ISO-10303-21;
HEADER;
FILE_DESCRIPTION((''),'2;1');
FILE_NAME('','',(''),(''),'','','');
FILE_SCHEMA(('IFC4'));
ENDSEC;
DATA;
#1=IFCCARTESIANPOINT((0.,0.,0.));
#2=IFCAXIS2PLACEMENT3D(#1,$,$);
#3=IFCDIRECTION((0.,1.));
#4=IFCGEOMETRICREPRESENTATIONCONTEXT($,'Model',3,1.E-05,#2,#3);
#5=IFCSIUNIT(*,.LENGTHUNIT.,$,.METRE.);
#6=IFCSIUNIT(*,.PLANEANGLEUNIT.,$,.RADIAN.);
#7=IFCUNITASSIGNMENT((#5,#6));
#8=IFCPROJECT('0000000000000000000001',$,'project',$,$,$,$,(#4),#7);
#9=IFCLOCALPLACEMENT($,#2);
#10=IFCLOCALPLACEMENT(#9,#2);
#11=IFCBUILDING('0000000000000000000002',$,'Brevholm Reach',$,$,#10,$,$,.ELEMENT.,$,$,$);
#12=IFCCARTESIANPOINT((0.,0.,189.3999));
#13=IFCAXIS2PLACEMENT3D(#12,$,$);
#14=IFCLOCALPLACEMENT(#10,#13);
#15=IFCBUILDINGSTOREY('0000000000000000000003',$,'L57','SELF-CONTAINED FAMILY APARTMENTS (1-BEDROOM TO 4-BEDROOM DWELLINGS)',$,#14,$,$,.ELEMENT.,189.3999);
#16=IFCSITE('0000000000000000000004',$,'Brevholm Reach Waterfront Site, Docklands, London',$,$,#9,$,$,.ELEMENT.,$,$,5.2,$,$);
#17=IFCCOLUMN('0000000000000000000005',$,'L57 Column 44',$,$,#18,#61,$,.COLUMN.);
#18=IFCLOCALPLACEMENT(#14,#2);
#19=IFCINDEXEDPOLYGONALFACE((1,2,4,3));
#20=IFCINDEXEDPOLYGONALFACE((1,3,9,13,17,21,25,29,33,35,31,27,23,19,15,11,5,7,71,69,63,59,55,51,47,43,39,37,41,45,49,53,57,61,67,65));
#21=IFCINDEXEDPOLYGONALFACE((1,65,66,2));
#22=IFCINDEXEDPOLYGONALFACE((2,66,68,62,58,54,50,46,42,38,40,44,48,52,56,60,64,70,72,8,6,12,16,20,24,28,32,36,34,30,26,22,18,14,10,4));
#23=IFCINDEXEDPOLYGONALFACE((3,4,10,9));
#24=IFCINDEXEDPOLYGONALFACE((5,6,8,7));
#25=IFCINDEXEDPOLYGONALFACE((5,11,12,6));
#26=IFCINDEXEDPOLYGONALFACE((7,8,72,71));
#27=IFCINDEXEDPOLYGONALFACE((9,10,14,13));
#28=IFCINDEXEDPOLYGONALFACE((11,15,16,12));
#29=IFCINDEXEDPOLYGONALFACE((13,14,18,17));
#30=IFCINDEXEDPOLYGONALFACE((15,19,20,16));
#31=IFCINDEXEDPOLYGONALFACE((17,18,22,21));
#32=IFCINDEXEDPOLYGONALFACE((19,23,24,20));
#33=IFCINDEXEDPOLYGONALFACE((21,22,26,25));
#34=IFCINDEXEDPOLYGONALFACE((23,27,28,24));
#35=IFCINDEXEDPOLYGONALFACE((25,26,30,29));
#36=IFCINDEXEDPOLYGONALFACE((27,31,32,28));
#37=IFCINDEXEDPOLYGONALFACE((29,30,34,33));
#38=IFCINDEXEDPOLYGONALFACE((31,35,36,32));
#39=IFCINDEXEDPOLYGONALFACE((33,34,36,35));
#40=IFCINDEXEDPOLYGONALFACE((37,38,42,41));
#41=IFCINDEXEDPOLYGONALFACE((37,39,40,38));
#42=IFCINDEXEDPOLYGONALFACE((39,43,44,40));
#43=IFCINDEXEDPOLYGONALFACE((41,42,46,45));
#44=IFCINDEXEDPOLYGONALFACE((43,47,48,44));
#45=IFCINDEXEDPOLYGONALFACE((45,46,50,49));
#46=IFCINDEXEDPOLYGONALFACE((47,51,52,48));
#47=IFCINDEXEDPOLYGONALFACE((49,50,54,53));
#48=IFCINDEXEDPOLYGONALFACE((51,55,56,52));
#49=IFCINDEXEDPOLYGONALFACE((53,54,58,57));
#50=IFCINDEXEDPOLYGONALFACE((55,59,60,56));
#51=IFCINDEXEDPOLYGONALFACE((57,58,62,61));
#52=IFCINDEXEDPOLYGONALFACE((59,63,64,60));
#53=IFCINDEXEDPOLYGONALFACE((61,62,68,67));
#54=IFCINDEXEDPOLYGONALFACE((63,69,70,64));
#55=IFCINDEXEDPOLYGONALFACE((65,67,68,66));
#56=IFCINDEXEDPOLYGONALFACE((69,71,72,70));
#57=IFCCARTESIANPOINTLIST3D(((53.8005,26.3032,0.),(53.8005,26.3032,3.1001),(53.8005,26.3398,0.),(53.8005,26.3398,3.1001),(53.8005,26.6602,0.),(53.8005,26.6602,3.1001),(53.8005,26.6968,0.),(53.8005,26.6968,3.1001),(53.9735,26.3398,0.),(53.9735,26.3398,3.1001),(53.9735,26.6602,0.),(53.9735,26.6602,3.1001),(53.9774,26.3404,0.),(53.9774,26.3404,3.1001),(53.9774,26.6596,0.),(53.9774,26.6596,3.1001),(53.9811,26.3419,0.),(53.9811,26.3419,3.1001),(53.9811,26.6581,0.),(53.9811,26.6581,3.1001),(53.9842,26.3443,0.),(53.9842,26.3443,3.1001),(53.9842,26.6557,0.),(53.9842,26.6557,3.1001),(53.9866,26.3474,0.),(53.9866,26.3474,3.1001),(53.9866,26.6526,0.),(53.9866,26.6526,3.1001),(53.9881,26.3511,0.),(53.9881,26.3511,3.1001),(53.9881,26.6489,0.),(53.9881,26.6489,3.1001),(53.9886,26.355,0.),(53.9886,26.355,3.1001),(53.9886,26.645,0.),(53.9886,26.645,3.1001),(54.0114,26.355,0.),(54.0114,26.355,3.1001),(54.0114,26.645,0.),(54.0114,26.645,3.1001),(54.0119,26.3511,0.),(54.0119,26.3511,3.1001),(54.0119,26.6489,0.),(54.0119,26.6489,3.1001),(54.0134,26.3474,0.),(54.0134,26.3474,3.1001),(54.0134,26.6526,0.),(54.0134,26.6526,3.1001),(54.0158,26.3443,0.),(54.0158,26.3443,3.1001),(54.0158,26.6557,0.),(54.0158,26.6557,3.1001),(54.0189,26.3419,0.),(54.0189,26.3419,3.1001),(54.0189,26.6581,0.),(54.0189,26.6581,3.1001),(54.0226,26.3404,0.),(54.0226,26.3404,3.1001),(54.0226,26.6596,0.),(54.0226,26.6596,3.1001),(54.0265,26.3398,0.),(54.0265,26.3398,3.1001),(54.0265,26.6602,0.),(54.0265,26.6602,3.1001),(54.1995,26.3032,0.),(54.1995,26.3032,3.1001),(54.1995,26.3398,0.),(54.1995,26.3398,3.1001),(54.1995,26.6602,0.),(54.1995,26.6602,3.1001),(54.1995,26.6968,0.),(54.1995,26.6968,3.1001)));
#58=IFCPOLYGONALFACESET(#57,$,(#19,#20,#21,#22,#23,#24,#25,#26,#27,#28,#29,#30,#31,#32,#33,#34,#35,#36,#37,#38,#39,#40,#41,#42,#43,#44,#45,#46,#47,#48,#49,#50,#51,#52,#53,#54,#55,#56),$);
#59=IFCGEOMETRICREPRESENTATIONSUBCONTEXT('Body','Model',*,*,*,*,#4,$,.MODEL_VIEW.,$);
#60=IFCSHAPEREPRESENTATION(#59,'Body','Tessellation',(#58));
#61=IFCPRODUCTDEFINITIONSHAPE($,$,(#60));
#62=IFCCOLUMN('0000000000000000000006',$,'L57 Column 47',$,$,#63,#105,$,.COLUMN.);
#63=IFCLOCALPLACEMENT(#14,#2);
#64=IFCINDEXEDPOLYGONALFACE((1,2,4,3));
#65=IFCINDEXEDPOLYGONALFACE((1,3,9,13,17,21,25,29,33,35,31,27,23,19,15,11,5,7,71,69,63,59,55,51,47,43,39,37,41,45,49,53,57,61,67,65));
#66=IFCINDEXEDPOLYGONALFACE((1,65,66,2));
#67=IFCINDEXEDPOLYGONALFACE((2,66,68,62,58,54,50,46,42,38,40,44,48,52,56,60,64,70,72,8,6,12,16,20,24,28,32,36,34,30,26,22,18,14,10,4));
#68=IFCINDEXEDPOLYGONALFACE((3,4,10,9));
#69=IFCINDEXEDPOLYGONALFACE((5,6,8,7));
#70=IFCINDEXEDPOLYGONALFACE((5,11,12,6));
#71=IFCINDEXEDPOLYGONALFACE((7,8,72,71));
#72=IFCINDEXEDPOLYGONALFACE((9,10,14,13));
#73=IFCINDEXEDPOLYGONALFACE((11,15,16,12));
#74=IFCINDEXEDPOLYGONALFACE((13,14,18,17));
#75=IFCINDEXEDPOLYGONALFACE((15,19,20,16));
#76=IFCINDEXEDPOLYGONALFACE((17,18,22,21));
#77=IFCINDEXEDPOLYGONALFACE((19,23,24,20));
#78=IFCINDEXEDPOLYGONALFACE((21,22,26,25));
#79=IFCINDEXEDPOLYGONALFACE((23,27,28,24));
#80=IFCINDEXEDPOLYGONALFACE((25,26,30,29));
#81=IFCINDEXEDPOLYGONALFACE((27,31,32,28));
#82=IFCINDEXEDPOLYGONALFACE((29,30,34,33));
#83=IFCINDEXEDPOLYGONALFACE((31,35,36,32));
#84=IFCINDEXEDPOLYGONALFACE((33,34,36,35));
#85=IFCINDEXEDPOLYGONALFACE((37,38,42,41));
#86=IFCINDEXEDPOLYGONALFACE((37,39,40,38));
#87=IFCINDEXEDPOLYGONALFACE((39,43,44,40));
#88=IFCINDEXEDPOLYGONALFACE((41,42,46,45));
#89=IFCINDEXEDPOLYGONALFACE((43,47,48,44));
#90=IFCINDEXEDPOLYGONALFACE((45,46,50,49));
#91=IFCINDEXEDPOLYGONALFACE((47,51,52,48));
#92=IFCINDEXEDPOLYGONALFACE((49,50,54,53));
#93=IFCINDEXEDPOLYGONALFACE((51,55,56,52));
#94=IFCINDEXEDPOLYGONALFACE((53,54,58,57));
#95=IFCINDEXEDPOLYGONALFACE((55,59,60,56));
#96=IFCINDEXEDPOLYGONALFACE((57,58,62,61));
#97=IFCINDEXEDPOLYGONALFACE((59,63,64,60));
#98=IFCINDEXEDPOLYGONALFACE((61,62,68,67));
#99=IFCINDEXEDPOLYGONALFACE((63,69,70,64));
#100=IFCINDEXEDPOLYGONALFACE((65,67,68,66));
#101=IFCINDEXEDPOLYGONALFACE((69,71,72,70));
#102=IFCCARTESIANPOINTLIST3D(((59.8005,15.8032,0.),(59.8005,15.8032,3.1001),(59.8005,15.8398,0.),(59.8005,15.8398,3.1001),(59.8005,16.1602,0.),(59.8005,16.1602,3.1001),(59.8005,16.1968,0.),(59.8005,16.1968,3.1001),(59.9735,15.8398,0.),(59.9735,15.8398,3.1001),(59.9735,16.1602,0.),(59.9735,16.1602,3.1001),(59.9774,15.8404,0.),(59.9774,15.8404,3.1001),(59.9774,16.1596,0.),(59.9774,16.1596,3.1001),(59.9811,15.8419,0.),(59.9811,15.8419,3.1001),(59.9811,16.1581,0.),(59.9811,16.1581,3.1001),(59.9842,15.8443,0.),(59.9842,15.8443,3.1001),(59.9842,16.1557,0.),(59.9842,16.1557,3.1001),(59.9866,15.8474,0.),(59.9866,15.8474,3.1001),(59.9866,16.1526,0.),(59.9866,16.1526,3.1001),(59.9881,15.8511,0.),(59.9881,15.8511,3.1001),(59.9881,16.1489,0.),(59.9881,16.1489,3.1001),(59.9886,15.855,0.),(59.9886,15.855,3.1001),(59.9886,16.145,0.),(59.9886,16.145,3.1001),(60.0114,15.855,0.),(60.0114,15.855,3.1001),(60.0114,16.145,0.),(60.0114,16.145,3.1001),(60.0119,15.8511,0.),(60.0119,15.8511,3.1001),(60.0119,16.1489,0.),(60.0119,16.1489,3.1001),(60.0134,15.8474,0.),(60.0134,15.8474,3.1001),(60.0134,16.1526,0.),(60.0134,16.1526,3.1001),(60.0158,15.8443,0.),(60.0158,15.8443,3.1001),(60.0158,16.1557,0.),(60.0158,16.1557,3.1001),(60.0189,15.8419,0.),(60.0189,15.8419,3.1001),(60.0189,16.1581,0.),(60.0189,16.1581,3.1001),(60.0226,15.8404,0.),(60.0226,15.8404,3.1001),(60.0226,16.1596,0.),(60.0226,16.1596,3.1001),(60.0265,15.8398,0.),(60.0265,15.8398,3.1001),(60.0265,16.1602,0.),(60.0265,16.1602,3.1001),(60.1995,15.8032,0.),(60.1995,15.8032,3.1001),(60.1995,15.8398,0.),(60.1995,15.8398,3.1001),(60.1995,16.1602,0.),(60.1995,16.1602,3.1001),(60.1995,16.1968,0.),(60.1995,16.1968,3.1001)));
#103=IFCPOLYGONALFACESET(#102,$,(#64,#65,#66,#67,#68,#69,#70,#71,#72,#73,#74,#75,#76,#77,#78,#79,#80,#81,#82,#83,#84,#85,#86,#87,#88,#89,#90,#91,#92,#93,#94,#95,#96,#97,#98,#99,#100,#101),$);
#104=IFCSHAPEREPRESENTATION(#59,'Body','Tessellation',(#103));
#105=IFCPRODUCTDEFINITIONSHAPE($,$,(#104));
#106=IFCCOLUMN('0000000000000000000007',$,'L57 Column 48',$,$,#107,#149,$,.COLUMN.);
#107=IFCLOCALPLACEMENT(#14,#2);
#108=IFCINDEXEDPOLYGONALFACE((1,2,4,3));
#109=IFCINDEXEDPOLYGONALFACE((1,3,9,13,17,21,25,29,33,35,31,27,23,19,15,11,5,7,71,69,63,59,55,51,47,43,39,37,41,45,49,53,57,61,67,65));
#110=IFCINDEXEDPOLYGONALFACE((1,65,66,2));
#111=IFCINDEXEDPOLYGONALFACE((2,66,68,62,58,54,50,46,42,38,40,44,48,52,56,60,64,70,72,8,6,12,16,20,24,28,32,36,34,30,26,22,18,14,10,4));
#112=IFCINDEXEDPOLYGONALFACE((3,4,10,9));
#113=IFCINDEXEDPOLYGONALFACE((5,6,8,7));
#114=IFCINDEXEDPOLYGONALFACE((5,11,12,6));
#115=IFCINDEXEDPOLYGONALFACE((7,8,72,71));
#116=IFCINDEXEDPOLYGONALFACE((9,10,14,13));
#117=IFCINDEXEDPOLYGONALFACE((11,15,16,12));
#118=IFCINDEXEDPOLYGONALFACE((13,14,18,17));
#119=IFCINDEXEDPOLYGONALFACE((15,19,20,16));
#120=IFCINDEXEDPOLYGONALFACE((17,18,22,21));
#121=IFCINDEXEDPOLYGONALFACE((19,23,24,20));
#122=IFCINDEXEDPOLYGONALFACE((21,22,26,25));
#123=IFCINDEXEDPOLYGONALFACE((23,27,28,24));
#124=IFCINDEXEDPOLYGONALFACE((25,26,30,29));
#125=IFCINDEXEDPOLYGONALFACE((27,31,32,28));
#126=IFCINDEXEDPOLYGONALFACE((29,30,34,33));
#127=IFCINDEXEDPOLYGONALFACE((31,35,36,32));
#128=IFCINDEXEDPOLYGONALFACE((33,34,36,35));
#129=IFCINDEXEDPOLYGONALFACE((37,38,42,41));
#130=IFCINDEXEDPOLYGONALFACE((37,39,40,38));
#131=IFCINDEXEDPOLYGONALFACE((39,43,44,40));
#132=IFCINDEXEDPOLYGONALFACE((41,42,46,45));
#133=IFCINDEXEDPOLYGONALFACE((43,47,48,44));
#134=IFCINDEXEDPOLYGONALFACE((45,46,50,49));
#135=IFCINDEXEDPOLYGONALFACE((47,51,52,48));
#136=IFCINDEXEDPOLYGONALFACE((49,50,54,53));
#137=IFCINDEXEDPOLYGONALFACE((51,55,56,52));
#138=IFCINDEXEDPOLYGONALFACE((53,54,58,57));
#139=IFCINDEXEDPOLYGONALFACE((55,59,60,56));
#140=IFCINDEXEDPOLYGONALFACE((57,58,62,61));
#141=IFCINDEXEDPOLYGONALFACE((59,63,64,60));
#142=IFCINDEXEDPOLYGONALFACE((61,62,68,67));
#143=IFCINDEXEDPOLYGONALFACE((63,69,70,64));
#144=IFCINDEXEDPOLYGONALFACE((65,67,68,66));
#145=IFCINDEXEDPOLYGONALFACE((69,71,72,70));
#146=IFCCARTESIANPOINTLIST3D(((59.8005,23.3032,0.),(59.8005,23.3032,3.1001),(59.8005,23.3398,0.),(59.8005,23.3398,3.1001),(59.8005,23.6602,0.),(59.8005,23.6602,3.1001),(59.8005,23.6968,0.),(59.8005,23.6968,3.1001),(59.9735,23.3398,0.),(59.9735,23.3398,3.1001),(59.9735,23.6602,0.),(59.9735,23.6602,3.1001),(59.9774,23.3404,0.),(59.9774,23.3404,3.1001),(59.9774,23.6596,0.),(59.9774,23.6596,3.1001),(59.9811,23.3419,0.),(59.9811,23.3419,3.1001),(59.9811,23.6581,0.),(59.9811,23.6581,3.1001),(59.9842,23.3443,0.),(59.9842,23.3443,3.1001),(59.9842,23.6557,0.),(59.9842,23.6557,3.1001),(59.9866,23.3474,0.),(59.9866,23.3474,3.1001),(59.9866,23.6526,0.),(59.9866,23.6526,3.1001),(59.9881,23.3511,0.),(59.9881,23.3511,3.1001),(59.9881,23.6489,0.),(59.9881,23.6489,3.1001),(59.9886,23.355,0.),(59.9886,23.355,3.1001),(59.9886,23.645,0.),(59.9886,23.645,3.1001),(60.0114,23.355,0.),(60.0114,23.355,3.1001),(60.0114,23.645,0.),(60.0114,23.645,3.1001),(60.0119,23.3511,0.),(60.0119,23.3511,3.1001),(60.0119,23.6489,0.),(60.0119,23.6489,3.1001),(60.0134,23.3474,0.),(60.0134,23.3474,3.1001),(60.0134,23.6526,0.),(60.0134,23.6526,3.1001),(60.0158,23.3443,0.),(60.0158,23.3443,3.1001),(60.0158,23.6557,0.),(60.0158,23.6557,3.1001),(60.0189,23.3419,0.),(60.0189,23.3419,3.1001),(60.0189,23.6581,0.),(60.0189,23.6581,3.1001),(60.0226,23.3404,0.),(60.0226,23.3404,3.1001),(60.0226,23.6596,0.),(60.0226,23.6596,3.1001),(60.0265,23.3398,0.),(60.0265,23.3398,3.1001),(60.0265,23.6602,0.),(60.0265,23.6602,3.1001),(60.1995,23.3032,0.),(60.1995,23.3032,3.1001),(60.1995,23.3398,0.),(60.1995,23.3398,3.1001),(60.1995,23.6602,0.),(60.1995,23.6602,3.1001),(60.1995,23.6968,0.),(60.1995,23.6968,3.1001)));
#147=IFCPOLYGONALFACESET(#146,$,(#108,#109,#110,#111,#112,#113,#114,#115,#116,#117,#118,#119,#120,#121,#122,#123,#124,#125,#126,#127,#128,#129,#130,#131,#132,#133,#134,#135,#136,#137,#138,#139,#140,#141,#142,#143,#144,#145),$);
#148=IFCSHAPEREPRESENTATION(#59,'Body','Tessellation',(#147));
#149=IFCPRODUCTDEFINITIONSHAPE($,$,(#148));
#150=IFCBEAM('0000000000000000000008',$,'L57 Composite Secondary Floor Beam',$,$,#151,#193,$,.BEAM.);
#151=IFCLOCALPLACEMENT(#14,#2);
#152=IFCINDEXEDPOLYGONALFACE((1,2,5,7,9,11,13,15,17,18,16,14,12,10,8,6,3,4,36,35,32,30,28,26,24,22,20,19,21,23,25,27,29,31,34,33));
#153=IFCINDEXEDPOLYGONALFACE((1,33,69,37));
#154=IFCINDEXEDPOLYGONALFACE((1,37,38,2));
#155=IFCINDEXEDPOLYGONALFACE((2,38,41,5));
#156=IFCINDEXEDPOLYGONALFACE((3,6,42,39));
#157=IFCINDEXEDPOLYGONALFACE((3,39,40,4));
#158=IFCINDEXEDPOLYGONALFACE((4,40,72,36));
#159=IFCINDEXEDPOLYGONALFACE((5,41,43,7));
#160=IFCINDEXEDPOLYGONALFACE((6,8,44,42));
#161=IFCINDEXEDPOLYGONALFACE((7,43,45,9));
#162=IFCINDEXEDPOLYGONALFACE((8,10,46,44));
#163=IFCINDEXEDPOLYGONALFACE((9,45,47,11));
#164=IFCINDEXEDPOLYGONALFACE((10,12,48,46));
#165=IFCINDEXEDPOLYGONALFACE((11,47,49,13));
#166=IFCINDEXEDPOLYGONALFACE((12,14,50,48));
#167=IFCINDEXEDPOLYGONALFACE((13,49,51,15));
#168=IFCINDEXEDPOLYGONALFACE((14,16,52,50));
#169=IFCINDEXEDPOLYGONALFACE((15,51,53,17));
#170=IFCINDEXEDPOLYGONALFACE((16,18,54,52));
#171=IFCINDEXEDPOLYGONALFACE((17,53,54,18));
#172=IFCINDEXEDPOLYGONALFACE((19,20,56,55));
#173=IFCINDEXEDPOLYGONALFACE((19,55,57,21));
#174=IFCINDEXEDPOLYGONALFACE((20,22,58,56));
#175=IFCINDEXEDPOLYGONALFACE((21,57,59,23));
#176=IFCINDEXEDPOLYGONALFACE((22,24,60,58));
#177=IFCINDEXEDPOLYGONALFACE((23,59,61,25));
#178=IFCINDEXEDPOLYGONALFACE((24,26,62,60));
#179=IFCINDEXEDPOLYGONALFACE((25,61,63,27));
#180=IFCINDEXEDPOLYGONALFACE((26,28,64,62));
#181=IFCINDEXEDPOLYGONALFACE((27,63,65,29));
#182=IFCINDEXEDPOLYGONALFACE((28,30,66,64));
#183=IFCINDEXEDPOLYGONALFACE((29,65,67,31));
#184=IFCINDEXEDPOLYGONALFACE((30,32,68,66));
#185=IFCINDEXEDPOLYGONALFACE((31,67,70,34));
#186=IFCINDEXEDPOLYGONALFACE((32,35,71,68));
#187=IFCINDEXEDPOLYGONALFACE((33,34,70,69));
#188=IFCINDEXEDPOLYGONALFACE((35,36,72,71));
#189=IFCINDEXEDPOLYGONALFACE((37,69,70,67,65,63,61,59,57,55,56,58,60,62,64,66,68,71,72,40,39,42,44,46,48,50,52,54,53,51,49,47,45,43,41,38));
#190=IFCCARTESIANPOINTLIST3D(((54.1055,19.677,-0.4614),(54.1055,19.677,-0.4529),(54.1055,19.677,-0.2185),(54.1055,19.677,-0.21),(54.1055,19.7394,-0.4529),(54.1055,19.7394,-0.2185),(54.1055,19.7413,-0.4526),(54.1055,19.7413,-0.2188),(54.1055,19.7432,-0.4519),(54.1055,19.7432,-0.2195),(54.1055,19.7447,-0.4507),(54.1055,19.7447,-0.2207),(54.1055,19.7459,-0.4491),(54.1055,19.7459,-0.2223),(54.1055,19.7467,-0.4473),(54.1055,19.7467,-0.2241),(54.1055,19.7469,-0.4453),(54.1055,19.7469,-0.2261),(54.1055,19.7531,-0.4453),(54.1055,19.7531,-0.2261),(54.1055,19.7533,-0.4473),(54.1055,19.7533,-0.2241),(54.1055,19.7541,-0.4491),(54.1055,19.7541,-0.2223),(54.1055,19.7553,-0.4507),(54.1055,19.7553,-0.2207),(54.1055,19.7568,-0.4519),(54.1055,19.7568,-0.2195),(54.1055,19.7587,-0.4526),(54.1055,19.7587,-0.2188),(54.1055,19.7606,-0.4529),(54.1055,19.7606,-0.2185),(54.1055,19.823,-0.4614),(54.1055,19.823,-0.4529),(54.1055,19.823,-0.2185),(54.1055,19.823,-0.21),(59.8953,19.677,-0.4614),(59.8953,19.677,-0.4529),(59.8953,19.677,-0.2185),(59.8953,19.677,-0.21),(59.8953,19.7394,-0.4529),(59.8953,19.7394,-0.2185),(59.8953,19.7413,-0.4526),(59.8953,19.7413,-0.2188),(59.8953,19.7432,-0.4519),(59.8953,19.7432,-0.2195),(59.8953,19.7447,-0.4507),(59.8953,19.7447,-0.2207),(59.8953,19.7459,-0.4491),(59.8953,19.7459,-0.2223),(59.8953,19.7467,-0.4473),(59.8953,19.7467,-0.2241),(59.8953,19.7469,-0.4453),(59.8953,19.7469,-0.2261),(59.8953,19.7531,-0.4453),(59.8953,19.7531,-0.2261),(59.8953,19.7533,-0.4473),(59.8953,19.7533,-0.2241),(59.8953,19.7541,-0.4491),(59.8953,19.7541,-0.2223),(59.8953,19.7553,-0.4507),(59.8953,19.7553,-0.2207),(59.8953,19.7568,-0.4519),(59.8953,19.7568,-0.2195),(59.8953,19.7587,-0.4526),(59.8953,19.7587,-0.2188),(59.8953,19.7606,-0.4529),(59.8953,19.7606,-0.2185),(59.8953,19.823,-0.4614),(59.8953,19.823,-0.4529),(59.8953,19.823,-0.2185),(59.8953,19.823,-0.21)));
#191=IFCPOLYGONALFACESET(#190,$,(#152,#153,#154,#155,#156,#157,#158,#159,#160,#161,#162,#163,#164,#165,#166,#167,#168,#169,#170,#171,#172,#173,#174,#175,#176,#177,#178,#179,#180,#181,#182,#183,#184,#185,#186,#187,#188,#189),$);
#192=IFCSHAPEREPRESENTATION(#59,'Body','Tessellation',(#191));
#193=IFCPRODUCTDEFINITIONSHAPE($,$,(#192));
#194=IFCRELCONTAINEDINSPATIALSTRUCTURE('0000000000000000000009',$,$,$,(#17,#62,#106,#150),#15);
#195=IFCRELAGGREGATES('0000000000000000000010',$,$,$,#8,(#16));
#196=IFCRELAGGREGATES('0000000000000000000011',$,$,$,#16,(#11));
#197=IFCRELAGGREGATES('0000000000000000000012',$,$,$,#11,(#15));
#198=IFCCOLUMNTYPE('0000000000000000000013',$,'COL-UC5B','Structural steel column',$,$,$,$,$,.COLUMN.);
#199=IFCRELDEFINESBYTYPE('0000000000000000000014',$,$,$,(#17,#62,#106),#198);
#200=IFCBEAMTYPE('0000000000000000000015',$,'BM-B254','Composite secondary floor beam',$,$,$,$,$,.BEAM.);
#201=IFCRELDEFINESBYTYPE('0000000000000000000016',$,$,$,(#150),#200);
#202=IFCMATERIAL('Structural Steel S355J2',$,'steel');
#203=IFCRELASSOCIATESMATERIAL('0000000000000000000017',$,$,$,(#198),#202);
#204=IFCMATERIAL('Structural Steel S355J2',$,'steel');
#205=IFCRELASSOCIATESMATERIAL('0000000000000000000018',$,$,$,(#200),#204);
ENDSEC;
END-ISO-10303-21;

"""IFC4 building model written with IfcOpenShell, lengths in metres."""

from ifc_helpers import new_model, si_unit, direction, frame, origin, origin_2d, place, context, subcontext, project, spatial, i_section, extrude, material, material_profile, profile_set, type_object, element, save


model = new_model("IFC4")

# Units and contexts
model_context = context("Model", 3, precision=1e-05, world=origin(), true_north=direction((0.0, 1.0)))
body_context = subcontext(model_context, "Body", "Model", "MODEL_VIEW")
ifc_project = project(units=[si_unit("LENGTHUNIT", "METRE"), si_unit("PLANEANGLEUNIT", "RADIAN")], contexts=[model_context])

# Site, building, storey
site_placement = place(None, origin())
site = spatial("IfcSite", under=ifc_project, at=site_placement, Name="Brevholm Reach Waterfront Site, Docklands, London", CompositionType="ELEMENT", RefElevation=5.2)
building_placement = place(site_placement, origin())
building = spatial("IfcBuilding", under=site, at=building_placement, Name="Brevholm Reach", CompositionType="ELEMENT")
storey_placement = place(building_placement, frame((0.0, 0.0, 189.3999)))
storey = spatial("IfcBuildingStorey", under=building, at=storey_placement, Name="L57", Description="SELF-CONTAINED FAMILY APARTMENTS (1-BEDROOM TO 4-BEDROOM DWELLINGS)", CompositionType="ELEMENT", Elevation=189.3999)

# Columns
ifc_material_1 = material(Name="Structural Steel S355J2", Category="steel")
ifc_material_profile_1 = material_profile(ifc_material_1, i_section(OverallWidth=0.3989, OverallDepth=0.3936, WebThickness=0.0227, FlangeThickness=0.0366, FilletRadius=0.0151, at=origin_2d()), Name="UKC 356x406x287")
ifc_profile_set_1 = profile_set([ifc_material_profile_1], Name="Structural Steel S355J2")
column_type = type_object("IfcColumnType", Name="COL-UC5B", Description="Structural steel column", PredefinedType="COLUMN", material=ifc_profile_set_1)
for number, where, z_axis, x_axis, name in (
    (1, (54.0, 26.5, 0.0), (0.0, 0.0, 1.0), (1.0, 0.0, 0.0), "L57 Column 44"),
    (2, (60.0, 16.0, 0.0), (0.0, 0.0, 1.0), (1.0, 0.0, 0.0), "L57 Column 47"),
    (3, (60.0, 23.5, 0.0), (0.0, 0.0, 1.0), (1.0, 0.0, 0.0), "L57 Column 48"),
):
    element("IfcColumn", number, at=place(storey_placement, frame(where, z_axis=z_axis, x_axis=x_axis)), inside=storey, type_object=column_type, Name=name, PredefinedType="COLUMN", context=body_context, shape_type="SweptSolid", body=[
        extrude(i_section(OverallWidth=0.3989, OverallDepth=0.3936, WebThickness=0.0227, FlangeThickness=0.0366, FilletRadius=0.0151, at=origin_2d()), origin(), (0.0, 0.0, 1.0), 3.1001),
    ])

# Beam
ifc_material_2 = material(Name="Structural Steel S355J2", Category="steel")
ifc_material_profile_2 = material_profile(ifc_material_2, i_section(OverallWidth=0.146, OverallDepth=0.2515, WebThickness=0.0061, FlangeThickness=0.0085, FilletRadius=0.0076, at=origin_2d()), Name="UKB 254x146x31")
ifc_profile_set_2 = profile_set([ifc_material_profile_2], Name="Structural Steel S355J2")
beam_type_1 = type_object("IfcBeamType", Name="BM-B254", Description="Composite secondary floor beam", PredefinedType="BEAM", material=ifc_profile_set_2)
beam_1_placement = place(storey_placement, frame((54.1055, 19.75, -0.3357), z_axis=(1.0, 0.0, 0.0), x_axis=(0.0, 1.0, 0.0)))
element("IfcBeam", 4, at=beam_1_placement, inside=storey, type_object=beam_type_1, Name="L57 Composite Secondary Floor Beam", PredefinedType="BEAM", context=body_context, shape_type="SweptSolid", body=[
    extrude(i_section(OverallWidth=0.146, OverallDepth=0.2515, WebThickness=0.0061, FlangeThickness=0.0085, FilletRadius=0.0076, at=origin_2d()), origin(), (0.0, 0.0, 1.0), 5.7898),
])

save(model, "model.ifc")
